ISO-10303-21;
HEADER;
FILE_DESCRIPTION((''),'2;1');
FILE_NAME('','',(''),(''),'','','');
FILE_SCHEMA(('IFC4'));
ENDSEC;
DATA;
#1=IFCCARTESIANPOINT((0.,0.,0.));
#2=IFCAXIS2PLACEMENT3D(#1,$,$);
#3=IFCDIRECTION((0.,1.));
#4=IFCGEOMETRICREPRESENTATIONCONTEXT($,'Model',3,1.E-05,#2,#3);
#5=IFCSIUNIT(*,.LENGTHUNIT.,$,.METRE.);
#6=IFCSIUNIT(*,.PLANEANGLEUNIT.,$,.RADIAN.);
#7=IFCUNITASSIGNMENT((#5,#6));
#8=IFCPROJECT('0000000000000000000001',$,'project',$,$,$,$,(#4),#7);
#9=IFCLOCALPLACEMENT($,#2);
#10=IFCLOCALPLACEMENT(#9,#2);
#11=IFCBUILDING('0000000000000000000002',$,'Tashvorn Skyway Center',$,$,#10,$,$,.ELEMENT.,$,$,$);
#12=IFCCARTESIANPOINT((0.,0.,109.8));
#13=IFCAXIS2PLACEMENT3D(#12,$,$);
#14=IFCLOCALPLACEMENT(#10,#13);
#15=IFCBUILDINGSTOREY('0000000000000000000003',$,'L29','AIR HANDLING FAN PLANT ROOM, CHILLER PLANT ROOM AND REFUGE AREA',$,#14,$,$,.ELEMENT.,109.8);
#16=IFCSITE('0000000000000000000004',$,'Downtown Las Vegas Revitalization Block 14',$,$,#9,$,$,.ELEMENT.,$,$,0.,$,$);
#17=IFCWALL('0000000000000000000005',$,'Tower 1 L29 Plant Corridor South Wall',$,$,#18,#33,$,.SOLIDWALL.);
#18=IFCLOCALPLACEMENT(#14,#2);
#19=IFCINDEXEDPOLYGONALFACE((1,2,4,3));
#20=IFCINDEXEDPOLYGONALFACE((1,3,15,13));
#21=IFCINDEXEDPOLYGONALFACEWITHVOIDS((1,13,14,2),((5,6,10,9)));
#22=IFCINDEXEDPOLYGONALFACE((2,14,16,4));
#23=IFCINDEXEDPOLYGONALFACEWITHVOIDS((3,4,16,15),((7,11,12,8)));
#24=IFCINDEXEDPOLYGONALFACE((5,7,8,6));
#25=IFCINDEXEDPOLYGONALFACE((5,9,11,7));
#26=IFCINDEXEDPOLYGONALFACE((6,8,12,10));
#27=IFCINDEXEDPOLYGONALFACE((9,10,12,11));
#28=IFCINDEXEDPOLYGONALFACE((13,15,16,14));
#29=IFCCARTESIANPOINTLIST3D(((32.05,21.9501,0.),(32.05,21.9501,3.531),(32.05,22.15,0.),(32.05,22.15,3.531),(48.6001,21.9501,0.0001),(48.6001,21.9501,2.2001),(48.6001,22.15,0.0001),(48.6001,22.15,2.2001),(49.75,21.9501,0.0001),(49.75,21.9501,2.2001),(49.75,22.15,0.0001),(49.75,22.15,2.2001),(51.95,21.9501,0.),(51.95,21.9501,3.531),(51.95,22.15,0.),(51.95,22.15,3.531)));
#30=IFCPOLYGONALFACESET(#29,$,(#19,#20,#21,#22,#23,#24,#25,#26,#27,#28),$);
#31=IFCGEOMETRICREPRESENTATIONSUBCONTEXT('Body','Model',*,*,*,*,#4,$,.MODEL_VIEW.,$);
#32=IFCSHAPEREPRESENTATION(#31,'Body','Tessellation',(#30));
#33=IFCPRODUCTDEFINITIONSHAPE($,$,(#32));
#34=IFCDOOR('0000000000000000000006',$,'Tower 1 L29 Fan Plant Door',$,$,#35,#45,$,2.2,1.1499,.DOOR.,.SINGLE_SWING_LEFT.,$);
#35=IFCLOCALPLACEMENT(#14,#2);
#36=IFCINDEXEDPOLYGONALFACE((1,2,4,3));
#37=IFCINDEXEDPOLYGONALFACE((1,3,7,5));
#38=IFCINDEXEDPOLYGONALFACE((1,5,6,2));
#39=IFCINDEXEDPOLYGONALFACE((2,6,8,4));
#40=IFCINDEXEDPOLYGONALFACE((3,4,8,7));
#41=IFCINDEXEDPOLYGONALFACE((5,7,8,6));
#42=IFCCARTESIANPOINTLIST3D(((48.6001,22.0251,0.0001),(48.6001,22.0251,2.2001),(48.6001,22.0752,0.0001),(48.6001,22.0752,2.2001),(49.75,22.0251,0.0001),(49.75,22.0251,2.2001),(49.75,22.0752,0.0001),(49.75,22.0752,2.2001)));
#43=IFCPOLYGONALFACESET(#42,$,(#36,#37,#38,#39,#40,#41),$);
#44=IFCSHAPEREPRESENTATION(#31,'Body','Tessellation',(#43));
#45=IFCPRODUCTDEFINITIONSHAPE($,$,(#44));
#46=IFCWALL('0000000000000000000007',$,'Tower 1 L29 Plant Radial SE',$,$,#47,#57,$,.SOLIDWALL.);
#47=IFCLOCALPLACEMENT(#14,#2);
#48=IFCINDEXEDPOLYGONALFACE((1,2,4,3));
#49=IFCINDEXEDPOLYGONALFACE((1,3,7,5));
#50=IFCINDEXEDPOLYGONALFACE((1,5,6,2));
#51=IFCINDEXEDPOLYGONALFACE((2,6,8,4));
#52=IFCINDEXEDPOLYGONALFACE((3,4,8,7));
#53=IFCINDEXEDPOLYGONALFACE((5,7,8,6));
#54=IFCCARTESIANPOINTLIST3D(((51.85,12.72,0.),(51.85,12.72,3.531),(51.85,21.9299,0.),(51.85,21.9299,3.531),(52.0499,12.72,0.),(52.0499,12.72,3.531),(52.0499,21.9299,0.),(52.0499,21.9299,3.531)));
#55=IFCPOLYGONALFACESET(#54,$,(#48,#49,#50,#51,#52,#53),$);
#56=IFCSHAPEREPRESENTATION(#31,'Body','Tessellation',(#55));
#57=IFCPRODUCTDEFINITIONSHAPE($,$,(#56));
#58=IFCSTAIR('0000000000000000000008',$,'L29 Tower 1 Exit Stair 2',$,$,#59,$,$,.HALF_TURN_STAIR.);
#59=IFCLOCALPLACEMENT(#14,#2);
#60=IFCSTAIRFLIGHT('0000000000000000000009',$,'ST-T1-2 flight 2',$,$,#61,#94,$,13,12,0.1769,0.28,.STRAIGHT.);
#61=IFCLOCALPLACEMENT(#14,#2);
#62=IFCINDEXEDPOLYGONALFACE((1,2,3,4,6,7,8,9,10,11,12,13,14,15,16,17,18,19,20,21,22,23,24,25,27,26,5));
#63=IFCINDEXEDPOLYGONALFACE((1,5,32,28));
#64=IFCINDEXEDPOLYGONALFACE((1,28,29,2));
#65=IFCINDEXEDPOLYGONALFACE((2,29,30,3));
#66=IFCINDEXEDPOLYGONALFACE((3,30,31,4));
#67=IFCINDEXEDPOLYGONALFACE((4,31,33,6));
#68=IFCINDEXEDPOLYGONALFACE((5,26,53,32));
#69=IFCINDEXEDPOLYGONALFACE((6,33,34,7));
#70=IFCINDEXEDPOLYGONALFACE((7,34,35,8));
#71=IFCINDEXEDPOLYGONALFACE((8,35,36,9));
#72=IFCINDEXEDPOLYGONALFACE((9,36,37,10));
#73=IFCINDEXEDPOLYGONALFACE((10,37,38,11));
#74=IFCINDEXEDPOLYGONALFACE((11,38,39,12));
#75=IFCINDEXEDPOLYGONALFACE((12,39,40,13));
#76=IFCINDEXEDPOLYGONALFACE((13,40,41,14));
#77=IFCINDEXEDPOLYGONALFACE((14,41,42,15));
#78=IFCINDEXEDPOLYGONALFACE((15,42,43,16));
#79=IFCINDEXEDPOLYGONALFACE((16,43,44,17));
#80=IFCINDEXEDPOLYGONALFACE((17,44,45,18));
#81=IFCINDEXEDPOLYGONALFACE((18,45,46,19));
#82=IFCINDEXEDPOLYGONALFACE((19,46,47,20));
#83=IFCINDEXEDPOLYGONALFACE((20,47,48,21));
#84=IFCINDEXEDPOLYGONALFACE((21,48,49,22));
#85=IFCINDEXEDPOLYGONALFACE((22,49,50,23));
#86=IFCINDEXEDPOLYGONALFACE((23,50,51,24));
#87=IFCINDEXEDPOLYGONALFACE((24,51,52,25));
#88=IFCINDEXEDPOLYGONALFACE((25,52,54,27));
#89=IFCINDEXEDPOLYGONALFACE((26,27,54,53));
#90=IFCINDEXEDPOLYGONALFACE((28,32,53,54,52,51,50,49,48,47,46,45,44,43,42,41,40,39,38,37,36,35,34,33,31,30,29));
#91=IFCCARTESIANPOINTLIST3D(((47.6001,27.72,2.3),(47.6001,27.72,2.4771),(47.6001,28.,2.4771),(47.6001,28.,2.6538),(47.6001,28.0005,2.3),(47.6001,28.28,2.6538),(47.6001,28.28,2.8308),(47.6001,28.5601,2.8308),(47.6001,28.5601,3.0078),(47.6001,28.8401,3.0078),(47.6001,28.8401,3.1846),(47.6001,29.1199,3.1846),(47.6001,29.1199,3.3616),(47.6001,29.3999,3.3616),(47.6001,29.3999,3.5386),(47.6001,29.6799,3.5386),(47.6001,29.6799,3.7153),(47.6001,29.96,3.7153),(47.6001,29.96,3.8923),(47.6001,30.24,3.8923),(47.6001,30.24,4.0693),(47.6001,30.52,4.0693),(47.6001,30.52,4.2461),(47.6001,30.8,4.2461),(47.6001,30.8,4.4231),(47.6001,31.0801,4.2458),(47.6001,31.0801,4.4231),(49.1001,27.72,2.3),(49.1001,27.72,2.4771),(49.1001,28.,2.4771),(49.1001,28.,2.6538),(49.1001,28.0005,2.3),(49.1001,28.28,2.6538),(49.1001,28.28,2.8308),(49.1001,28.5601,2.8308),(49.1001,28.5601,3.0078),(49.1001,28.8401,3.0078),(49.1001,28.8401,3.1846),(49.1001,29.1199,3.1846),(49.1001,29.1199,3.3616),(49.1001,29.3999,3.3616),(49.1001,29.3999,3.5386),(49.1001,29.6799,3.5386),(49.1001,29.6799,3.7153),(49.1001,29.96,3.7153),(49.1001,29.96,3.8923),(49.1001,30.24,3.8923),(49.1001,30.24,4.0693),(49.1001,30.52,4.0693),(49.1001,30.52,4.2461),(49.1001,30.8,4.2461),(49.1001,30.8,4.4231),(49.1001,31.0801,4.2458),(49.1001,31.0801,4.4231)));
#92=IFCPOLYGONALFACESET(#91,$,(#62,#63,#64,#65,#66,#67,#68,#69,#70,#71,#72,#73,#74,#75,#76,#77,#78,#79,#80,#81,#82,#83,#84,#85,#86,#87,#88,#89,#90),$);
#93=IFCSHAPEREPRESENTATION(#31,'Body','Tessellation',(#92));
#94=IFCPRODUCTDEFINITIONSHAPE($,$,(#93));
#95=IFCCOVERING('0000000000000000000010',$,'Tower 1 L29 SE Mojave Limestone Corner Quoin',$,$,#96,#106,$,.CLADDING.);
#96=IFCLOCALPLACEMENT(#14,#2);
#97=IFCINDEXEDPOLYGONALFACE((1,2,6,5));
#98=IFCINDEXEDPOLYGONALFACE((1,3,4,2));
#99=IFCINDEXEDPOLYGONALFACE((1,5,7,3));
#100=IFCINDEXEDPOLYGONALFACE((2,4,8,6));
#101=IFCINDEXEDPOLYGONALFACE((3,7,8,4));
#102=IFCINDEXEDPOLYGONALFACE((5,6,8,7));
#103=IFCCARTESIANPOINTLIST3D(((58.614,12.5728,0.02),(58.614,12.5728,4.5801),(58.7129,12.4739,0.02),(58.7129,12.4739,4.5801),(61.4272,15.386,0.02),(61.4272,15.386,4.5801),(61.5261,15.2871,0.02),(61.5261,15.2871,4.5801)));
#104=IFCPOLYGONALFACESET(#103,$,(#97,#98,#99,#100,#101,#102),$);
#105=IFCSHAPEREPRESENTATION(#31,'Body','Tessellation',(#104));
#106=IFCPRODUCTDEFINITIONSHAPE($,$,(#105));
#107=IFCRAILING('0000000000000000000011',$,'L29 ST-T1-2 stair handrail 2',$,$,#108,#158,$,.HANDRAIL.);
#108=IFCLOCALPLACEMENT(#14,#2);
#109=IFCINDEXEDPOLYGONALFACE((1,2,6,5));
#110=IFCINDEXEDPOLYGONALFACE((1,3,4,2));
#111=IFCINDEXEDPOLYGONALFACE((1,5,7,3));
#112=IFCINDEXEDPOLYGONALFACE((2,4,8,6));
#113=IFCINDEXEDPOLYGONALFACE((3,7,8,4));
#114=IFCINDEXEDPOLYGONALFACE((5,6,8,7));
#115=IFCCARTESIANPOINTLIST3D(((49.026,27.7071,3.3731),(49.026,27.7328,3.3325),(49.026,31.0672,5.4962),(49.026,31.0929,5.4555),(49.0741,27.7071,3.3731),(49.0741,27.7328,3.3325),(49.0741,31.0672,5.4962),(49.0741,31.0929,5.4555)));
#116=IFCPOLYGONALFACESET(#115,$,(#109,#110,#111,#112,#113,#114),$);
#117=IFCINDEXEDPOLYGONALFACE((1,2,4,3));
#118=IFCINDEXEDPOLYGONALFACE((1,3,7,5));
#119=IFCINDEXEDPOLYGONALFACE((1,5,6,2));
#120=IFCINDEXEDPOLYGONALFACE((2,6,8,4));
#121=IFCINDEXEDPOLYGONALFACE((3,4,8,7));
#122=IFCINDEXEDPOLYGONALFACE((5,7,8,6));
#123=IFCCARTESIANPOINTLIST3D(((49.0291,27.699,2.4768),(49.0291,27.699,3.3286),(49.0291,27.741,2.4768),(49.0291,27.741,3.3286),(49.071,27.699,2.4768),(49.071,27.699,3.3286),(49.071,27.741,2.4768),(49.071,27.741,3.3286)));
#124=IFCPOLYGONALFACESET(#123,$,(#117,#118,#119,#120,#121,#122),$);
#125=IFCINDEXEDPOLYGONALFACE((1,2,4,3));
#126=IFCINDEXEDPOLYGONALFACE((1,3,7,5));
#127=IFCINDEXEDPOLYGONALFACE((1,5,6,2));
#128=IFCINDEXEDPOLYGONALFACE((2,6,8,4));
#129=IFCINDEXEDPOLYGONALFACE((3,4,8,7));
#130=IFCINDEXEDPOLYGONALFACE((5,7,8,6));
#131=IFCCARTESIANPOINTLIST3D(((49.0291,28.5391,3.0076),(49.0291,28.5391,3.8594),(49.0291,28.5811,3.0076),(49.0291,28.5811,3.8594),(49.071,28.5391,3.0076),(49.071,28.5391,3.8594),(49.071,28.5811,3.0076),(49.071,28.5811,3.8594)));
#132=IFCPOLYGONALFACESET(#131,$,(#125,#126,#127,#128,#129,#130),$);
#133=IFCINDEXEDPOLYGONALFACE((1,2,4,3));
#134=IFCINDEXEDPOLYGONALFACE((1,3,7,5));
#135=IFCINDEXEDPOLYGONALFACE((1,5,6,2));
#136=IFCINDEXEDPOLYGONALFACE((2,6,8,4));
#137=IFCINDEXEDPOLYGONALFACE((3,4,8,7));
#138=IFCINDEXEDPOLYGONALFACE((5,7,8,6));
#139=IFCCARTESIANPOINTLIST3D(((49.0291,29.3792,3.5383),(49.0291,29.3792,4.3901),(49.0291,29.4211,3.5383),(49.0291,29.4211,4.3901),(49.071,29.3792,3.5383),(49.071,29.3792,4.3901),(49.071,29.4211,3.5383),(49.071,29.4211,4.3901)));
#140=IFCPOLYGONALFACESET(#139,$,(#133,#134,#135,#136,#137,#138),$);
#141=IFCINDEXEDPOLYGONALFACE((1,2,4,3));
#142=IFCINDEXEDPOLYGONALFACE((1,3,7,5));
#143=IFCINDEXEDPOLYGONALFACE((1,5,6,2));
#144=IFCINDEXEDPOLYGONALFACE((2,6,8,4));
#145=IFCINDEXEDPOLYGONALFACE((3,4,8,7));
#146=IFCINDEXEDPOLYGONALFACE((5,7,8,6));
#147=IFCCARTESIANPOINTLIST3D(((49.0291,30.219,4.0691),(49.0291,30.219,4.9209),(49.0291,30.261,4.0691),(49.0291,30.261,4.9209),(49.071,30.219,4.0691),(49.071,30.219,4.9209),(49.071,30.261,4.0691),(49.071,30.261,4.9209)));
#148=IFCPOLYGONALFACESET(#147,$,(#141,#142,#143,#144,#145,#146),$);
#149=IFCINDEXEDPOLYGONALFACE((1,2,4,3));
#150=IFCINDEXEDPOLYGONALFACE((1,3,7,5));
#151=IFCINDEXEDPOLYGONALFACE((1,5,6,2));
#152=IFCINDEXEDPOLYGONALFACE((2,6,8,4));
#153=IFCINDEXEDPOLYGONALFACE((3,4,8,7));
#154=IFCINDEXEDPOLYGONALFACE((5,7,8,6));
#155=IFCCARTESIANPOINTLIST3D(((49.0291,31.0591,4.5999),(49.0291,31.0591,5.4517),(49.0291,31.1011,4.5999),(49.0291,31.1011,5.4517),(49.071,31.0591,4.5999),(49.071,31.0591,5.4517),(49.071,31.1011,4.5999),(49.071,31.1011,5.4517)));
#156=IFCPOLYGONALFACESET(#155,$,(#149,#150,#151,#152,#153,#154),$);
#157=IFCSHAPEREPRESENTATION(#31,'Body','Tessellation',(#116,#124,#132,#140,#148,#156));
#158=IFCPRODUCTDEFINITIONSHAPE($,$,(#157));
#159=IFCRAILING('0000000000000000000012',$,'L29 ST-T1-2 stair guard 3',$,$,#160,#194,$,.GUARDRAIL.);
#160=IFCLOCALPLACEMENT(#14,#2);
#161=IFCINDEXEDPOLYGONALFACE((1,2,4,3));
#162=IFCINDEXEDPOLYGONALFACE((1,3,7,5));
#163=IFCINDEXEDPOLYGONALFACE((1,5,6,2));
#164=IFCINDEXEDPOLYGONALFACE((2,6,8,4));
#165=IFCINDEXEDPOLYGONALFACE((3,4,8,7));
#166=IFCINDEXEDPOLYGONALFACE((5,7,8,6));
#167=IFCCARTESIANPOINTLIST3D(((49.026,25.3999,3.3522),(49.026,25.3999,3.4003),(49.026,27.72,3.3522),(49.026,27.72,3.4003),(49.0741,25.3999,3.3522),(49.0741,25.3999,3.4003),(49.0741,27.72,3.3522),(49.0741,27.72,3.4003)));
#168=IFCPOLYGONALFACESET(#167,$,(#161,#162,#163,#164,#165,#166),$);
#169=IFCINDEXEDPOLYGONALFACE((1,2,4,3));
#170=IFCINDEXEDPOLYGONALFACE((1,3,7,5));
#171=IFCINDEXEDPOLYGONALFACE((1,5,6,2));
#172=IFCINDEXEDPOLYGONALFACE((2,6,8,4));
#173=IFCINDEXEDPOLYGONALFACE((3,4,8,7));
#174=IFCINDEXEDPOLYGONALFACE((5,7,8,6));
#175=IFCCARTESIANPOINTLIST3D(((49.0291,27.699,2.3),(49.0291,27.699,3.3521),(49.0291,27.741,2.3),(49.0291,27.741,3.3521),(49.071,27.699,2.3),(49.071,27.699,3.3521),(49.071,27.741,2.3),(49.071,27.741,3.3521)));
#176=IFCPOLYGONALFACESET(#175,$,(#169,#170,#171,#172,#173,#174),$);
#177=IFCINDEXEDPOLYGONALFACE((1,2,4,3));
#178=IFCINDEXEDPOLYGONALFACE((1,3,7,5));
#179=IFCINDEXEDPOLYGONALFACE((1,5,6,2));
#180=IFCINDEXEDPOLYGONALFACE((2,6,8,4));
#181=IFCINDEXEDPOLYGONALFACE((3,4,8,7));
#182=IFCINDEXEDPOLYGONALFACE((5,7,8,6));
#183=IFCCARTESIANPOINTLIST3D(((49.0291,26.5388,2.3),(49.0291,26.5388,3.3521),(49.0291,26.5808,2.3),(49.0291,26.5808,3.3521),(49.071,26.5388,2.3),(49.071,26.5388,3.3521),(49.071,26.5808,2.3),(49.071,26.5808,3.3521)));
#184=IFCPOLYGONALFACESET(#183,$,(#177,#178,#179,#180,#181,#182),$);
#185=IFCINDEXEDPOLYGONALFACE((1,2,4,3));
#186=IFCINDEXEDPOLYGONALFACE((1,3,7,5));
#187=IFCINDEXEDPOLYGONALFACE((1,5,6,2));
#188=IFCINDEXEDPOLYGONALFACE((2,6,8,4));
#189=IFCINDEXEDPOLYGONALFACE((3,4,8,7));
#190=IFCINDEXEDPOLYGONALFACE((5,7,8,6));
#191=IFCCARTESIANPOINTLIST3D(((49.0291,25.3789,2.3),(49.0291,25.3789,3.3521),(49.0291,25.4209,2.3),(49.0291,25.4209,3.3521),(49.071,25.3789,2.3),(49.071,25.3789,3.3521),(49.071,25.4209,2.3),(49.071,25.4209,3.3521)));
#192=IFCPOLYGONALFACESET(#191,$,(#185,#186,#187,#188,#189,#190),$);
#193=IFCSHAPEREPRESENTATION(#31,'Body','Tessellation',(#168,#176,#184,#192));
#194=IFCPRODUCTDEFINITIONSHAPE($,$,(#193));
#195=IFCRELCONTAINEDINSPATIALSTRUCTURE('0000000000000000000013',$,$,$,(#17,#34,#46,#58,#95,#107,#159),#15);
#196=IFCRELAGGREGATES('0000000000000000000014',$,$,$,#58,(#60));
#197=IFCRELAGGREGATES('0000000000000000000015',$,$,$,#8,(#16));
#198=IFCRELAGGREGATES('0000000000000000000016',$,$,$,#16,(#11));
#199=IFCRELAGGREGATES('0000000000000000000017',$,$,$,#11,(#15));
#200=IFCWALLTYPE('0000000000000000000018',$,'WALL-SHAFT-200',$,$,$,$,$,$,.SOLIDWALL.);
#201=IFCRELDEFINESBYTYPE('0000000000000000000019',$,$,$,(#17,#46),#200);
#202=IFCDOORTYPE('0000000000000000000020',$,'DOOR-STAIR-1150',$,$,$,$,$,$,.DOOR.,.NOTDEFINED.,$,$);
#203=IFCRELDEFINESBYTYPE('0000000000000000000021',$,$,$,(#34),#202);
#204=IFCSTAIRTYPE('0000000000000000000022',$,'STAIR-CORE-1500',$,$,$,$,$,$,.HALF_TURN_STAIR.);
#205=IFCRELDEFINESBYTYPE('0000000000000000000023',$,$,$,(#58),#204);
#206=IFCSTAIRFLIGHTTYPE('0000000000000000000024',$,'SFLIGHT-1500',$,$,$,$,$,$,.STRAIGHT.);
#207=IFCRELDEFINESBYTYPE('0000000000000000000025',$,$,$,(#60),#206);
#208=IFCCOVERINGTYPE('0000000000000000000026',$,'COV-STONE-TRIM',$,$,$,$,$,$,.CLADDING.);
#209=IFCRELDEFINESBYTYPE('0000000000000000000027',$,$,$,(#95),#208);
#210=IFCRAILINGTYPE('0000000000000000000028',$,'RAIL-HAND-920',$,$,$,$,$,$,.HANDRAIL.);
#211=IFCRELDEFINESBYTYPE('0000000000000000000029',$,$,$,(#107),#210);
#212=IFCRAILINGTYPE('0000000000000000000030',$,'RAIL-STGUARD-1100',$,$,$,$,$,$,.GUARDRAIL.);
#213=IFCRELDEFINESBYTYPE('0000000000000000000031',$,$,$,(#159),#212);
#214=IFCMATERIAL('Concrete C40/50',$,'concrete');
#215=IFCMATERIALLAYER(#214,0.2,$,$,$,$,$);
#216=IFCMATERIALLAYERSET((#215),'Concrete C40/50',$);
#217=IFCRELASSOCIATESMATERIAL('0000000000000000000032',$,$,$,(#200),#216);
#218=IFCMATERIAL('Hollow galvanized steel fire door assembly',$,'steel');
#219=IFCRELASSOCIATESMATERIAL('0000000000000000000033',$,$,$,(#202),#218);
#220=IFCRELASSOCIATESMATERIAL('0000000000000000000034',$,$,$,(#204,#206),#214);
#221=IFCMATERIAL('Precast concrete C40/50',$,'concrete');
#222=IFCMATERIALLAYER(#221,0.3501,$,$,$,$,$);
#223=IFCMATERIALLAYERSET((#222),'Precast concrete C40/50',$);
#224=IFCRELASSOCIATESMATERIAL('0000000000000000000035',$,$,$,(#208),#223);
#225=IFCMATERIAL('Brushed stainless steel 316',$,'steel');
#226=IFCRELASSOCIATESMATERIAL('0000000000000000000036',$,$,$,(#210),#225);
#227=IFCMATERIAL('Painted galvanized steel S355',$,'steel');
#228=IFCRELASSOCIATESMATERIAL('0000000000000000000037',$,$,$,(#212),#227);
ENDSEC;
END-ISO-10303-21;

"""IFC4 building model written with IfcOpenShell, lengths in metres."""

from ifc_helpers import new_model, si_unit, direction, frame, frame_2d, origin, origin_2d, place, context, subcontext, project, spatial, polyline, rectangle, outline, extrude, material, layer, layer_set, type_object, element, fill, aggregate, save


model = new_model("IFC4")

# Units and contexts
model_context = context("Model", 3, precision=1e-05, world=origin(), true_north=direction((0.0, 1.0)))
body_context = subcontext(model_context, "Body", "Model", "MODEL_VIEW")
ifc_project = project(units=[si_unit("LENGTHUNIT", "METRE"), si_unit("PLANEANGLEUNIT", "RADIAN")], contexts=[model_context])

# Site, building, storey
site_placement = place(None, origin())
site = spatial("IfcSite", under=ifc_project, at=site_placement, Name="Downtown Las Vegas Revitalization Block 14", CompositionType="ELEMENT", RefElevation=0.0)
building_placement = place(site_placement, origin())
building = spatial("IfcBuilding", under=site, at=building_placement, Name="Tashvorn Skyway Center", CompositionType="ELEMENT")
storey_placement = place(building_placement, frame((0.0, 0.0, 109.8)))
storey = spatial("IfcBuildingStorey", under=building, at=storey_placement, Name="L29", Description="AIR HANDLING FAN PLANT ROOM, CHILLER PLANT ROOM AND REFUGE AREA", CompositionType="ELEMENT", Elevation=109.8)

# Shared definitions
ifc_material_1 = material(Name="Hollow galvanized steel fire door assembly", Category="steel")

# Shared definitions
ifc_material_2 = material(Name="Precast concrete C40/50", Category="concrete")

# Wall, opening, door
ifc_material_3 = material(Name="Concrete C40/50", Category="concrete")
ifc_layer_1 = layer(ifc_material_3, 0.2)
ifc_layer_set_1 = layer_set([ifc_layer_1], Name="Concrete C40/50")
wall_type_1 = type_object("IfcWallType", Name="WALL-SHAFT-200", PredefinedType="SOLIDWALL", material=ifc_layer_set_1)
wall_1_placement = place(storey_placement, frame((51.95, 22.05, 0.0), z_axis=(0.0, 0.0, 1.0), x_axis=(-1.0, 0.0, 0.0)))
wall_1 = element("IfcWall", 1, at=wall_1_placement, inside=storey, type_object=wall_type_1, Name="Tower 1 L29 Plant Corridor South Wall", PredefinedType="SOLIDWALL", context=body_context, shape_type="SweptSolid", body=[
    extrude(rectangle(XDim=19.8999, YDim=0.2, at=frame_2d((9.95, 0.0))), origin(), (0.0, 0.0, 1.0), 3.531),
])
opening_1_placement = place(wall_1_placement, frame((2.2, 0.0, 0.0)))
opening_1 = element("IfcOpeningElement", 2, at=opening_1_placement, cuts=wall_1, PredefinedType="OPENING", context=body_context, shape_type="SweptSolid", body=[
    extrude(rectangle(XDim=1.1499, YDim=2.2, at=frame_2d((0.575, 1.1001))), frame((0.0, 0.1099, 0.0), z_axis=(0.0, -1.0, 0.0), x_axis=(1.0, 0.0, 0.0)), (0.0, 0.0, 1.0), 0.22),
])
door_type_1 = type_object("IfcDoorType", Name="DOOR-STAIR-1150", OperationType="NOTDEFINED", PredefinedType="DOOR", material=ifc_material_1)
door_1_placement = place(opening_1_placement, origin())
door_1 = element("IfcDoor", 3, at=door_1_placement, inside=storey, type_object=door_type_1, Name="Tower 1 L29 Fan Plant Door", OperationType="SINGLE_SWING_LEFT", OverallHeight=2.2, OverallWidth=1.1499, PredefinedType="DOOR", context=body_context, shape_type="SweptSolid", body=[
    extrude(rectangle(XDim=1.1499, YDim=2.2, at=frame_2d((0.575, 1.1001))), frame((0.0, 0.0249, 0.0), z_axis=(0.0, -1.0, 0.0), x_axis=(1.0, 0.0, 0.0)), (0.0, 0.0, 1.0), 0.05),
])
fill(opening_1, door_1)

# Wall
wall_2_placement = place(storey_placement, frame((51.95, 21.9299, 0.0), z_axis=(0.0, 0.0, 1.0), x_axis=(0.0, -1.0, 0.0)))
element("IfcWall", 4, at=wall_2_placement, inside=storey, type_object=wall_type_1, Name="Tower 1 L29 Plant Radial SE", PredefinedType="SOLIDWALL", context=body_context, shape_type="SweptSolid", body=[
    extrude(rectangle(XDim=9.21, YDim=0.2, at=frame_2d((4.605, 0.0))), origin(), (0.0, 0.0, 1.0), 3.531),
])

# Stair, stair flight
stair_type = type_object("IfcStairType", Name="STAIR-CORE-1500", PredefinedType="HALF_TURN_STAIR", material=ifc_material_3)
stair_placement = place(storey_placement, origin())
stair = element("IfcStair", 5, at=stair_placement, inside=storey, type_object=stair_type, Name="L29 Tower 1 Exit Stair 2", PredefinedType="HALF_TURN_STAIR")
stair_flight_type = type_object("IfcStairFlightType", Name="SFLIGHT-1500", PredefinedType="STRAIGHT", material=ifc_material_3)
stair_flight_placement = place(storey_placement, frame((48.3501, 27.72, 2.3), z_axis=(0.0, 0.0, 1.0), x_axis=(0.0, 1.0, 0.0)))
stair_flight = element("IfcStairFlight", 6, at=stair_flight_placement, type_object=stair_flight_type, Name="ST-T1-2 flight 2", NumberOfRisers=13, NumberOfTreads=12, PredefinedType="STRAIGHT", RiserHeight=0.1769, TreadLength=0.28, context=body_context, shape_type="SweptSolid", body=[
    extrude(outline(polyline([(0.0, 0.0), (0.0, 0.177), (0.28, 0.177), (0.28, 0.3538), (0.5601, 0.3538), (0.5601, 0.5308), (0.8401, 0.5308), (0.8401, 0.7078), (1.1201, 0.7078), (1.1201, 0.8845), (1.3999, 0.8845), (1.3999, 1.0615), (1.6799, 1.0615), (1.6799, 1.2385), (1.96, 1.2385), (1.96, 1.4153), (2.24, 1.4153), (2.24, 1.5923), (2.52, 1.5923), (2.52, 1.7693), (2.8, 1.7693), (2.8, 1.946), (3.0801, 1.946), (3.0801, 2.123), (3.3601, 2.123), (3.3601, 2.3), (3.3601, 1.9458), (0.2805, 0.0), (0.0, 0.0)])), frame((0.0, 0.75, 0.0), z_axis=(0.0, -1.0, 0.0), x_axis=(1.0, 0.0, 0.0)), (0.0, 0.0, 1.0), 1.5),
])
aggregate(stair, [stair_flight])

# Covering
ifc_layer_2 = layer(ifc_material_2, 0.3501)
ifc_layer_set_2 = layer_set([ifc_layer_2], Name="Precast concrete C40/50")
covering_type = type_object("IfcCoveringType", Name="COV-STONE-TRIM", PredefinedType="CLADDING", material=ifc_layer_set_2)
covering_placement = place(storey_placement, frame((60.0701, 13.9299, 0.02), z_axis=(0.0, 0.0, 1.0), x_axis=(0.707107, 0.707107, 0.0)))
element("IfcCovering", 7, at=covering_placement, inside=storey, type_object=covering_type, Name="Tower 1 L29 SE Mojave Limestone Corner Quoin", PredefinedType="CLADDING", context=body_context, shape_type="SweptSolid", body=[
    extrude(rectangle(XDim=3.9785, YDim=0.1399, at=origin_2d()), origin(), (0.0, 0.0, 1.0), 4.5601),
])

# Railings
ifc_material_4 = material(Name="Brushed stainless steel 316", Category="steel")
railing_type_1 = type_object("IfcRailingType", Name="RAIL-HAND-920", PredefinedType="HANDRAIL", material=ifc_material_4)
railing_1_placement = place(storey_placement, frame((49.05, 27.72, 2.4768)))
element("IfcRailing", 8, at=railing_1_placement, inside=storey, type_object=railing_type_1, Name="L29 ST-T1-2 stair handrail 2", PredefinedType="HANDRAIL", context=body_context, shape_type="SweptSolid", body=[
    extrude(rectangle(XDim=0.0481, YDim=0.0481, at=origin_2d()), frame((0.0, 0.0, 0.876), z_axis=(0.0, 0.84539, 0.53415), x_axis=(-1.0, 0.0, 0.0)), (0.0, 0.0, 1.0), 3.9746),
    extrude(rectangle(XDim=0.042, YDim=0.042, at=origin_2d()), origin(), (0.0, 0.0, 1.0), 0.8518),
    extrude(rectangle(XDim=0.042, YDim=0.042, at=origin_2d()), frame((0.0, 0.8401, 0.5308)), (0.0, 0.0, 1.0), 0.8518),
    extrude(rectangle(XDim=0.042, YDim=0.042, at=origin_2d()), frame((0.0, 1.6802, 1.0615)), (0.0, 0.0, 1.0), 0.8518),
    extrude(rectangle(XDim=0.042, YDim=0.042, at=origin_2d()), frame((0.0, 2.52, 1.5923)), (0.0, 0.0, 1.0), 0.8518),
    extrude(rectangle(XDim=0.042, YDim=0.042, at=origin_2d()), frame((0.0, 3.3601, 2.123)), (0.0, 0.0, 1.0), 0.8518),
])
ifc_material_5 = material(Name="Painted galvanized steel S355", Category="steel")
railing_type_2 = type_object("IfcRailingType", Name="RAIL-STGUARD-1100", PredefinedType="GUARDRAIL", material=ifc_material_5)
railing_2_placement = place(storey_placement, frame((49.05, 27.72, 2.3)))
element("IfcRailing", 9, at=railing_2_placement, inside=storey, type_object=railing_type_2, Name="L29 ST-T1-2 stair guard 3", PredefinedType="GUARDRAIL", context=body_context, shape_type="SweptSolid", body=[
    extrude(rectangle(XDim=0.0481, YDim=0.0481, at=origin_2d()), frame((0.0, 0.0, 1.0762), z_axis=(0.0, -1.0, 0.0), x_axis=(1.0, 0.0, 0.0)), (0.0, 0.0, 1.0), 2.3201),
    extrude(rectangle(XDim=0.042, YDim=0.042, at=origin_2d()), origin(), (0.0, 0.0, 1.0), 1.052),
    extrude(rectangle(XDim=0.042, YDim=0.042, at=origin_2d()), frame((0.0, -1.1602, 0.0)), (0.0, 0.0, 1.0), 1.052),
    extrude(rectangle(XDim=0.042, YDim=0.042, at=origin_2d()), frame((0.0, -2.3201, 0.0)), (0.0, 0.0, 1.0), 1.052),
])

save(model, "model.ifc")
